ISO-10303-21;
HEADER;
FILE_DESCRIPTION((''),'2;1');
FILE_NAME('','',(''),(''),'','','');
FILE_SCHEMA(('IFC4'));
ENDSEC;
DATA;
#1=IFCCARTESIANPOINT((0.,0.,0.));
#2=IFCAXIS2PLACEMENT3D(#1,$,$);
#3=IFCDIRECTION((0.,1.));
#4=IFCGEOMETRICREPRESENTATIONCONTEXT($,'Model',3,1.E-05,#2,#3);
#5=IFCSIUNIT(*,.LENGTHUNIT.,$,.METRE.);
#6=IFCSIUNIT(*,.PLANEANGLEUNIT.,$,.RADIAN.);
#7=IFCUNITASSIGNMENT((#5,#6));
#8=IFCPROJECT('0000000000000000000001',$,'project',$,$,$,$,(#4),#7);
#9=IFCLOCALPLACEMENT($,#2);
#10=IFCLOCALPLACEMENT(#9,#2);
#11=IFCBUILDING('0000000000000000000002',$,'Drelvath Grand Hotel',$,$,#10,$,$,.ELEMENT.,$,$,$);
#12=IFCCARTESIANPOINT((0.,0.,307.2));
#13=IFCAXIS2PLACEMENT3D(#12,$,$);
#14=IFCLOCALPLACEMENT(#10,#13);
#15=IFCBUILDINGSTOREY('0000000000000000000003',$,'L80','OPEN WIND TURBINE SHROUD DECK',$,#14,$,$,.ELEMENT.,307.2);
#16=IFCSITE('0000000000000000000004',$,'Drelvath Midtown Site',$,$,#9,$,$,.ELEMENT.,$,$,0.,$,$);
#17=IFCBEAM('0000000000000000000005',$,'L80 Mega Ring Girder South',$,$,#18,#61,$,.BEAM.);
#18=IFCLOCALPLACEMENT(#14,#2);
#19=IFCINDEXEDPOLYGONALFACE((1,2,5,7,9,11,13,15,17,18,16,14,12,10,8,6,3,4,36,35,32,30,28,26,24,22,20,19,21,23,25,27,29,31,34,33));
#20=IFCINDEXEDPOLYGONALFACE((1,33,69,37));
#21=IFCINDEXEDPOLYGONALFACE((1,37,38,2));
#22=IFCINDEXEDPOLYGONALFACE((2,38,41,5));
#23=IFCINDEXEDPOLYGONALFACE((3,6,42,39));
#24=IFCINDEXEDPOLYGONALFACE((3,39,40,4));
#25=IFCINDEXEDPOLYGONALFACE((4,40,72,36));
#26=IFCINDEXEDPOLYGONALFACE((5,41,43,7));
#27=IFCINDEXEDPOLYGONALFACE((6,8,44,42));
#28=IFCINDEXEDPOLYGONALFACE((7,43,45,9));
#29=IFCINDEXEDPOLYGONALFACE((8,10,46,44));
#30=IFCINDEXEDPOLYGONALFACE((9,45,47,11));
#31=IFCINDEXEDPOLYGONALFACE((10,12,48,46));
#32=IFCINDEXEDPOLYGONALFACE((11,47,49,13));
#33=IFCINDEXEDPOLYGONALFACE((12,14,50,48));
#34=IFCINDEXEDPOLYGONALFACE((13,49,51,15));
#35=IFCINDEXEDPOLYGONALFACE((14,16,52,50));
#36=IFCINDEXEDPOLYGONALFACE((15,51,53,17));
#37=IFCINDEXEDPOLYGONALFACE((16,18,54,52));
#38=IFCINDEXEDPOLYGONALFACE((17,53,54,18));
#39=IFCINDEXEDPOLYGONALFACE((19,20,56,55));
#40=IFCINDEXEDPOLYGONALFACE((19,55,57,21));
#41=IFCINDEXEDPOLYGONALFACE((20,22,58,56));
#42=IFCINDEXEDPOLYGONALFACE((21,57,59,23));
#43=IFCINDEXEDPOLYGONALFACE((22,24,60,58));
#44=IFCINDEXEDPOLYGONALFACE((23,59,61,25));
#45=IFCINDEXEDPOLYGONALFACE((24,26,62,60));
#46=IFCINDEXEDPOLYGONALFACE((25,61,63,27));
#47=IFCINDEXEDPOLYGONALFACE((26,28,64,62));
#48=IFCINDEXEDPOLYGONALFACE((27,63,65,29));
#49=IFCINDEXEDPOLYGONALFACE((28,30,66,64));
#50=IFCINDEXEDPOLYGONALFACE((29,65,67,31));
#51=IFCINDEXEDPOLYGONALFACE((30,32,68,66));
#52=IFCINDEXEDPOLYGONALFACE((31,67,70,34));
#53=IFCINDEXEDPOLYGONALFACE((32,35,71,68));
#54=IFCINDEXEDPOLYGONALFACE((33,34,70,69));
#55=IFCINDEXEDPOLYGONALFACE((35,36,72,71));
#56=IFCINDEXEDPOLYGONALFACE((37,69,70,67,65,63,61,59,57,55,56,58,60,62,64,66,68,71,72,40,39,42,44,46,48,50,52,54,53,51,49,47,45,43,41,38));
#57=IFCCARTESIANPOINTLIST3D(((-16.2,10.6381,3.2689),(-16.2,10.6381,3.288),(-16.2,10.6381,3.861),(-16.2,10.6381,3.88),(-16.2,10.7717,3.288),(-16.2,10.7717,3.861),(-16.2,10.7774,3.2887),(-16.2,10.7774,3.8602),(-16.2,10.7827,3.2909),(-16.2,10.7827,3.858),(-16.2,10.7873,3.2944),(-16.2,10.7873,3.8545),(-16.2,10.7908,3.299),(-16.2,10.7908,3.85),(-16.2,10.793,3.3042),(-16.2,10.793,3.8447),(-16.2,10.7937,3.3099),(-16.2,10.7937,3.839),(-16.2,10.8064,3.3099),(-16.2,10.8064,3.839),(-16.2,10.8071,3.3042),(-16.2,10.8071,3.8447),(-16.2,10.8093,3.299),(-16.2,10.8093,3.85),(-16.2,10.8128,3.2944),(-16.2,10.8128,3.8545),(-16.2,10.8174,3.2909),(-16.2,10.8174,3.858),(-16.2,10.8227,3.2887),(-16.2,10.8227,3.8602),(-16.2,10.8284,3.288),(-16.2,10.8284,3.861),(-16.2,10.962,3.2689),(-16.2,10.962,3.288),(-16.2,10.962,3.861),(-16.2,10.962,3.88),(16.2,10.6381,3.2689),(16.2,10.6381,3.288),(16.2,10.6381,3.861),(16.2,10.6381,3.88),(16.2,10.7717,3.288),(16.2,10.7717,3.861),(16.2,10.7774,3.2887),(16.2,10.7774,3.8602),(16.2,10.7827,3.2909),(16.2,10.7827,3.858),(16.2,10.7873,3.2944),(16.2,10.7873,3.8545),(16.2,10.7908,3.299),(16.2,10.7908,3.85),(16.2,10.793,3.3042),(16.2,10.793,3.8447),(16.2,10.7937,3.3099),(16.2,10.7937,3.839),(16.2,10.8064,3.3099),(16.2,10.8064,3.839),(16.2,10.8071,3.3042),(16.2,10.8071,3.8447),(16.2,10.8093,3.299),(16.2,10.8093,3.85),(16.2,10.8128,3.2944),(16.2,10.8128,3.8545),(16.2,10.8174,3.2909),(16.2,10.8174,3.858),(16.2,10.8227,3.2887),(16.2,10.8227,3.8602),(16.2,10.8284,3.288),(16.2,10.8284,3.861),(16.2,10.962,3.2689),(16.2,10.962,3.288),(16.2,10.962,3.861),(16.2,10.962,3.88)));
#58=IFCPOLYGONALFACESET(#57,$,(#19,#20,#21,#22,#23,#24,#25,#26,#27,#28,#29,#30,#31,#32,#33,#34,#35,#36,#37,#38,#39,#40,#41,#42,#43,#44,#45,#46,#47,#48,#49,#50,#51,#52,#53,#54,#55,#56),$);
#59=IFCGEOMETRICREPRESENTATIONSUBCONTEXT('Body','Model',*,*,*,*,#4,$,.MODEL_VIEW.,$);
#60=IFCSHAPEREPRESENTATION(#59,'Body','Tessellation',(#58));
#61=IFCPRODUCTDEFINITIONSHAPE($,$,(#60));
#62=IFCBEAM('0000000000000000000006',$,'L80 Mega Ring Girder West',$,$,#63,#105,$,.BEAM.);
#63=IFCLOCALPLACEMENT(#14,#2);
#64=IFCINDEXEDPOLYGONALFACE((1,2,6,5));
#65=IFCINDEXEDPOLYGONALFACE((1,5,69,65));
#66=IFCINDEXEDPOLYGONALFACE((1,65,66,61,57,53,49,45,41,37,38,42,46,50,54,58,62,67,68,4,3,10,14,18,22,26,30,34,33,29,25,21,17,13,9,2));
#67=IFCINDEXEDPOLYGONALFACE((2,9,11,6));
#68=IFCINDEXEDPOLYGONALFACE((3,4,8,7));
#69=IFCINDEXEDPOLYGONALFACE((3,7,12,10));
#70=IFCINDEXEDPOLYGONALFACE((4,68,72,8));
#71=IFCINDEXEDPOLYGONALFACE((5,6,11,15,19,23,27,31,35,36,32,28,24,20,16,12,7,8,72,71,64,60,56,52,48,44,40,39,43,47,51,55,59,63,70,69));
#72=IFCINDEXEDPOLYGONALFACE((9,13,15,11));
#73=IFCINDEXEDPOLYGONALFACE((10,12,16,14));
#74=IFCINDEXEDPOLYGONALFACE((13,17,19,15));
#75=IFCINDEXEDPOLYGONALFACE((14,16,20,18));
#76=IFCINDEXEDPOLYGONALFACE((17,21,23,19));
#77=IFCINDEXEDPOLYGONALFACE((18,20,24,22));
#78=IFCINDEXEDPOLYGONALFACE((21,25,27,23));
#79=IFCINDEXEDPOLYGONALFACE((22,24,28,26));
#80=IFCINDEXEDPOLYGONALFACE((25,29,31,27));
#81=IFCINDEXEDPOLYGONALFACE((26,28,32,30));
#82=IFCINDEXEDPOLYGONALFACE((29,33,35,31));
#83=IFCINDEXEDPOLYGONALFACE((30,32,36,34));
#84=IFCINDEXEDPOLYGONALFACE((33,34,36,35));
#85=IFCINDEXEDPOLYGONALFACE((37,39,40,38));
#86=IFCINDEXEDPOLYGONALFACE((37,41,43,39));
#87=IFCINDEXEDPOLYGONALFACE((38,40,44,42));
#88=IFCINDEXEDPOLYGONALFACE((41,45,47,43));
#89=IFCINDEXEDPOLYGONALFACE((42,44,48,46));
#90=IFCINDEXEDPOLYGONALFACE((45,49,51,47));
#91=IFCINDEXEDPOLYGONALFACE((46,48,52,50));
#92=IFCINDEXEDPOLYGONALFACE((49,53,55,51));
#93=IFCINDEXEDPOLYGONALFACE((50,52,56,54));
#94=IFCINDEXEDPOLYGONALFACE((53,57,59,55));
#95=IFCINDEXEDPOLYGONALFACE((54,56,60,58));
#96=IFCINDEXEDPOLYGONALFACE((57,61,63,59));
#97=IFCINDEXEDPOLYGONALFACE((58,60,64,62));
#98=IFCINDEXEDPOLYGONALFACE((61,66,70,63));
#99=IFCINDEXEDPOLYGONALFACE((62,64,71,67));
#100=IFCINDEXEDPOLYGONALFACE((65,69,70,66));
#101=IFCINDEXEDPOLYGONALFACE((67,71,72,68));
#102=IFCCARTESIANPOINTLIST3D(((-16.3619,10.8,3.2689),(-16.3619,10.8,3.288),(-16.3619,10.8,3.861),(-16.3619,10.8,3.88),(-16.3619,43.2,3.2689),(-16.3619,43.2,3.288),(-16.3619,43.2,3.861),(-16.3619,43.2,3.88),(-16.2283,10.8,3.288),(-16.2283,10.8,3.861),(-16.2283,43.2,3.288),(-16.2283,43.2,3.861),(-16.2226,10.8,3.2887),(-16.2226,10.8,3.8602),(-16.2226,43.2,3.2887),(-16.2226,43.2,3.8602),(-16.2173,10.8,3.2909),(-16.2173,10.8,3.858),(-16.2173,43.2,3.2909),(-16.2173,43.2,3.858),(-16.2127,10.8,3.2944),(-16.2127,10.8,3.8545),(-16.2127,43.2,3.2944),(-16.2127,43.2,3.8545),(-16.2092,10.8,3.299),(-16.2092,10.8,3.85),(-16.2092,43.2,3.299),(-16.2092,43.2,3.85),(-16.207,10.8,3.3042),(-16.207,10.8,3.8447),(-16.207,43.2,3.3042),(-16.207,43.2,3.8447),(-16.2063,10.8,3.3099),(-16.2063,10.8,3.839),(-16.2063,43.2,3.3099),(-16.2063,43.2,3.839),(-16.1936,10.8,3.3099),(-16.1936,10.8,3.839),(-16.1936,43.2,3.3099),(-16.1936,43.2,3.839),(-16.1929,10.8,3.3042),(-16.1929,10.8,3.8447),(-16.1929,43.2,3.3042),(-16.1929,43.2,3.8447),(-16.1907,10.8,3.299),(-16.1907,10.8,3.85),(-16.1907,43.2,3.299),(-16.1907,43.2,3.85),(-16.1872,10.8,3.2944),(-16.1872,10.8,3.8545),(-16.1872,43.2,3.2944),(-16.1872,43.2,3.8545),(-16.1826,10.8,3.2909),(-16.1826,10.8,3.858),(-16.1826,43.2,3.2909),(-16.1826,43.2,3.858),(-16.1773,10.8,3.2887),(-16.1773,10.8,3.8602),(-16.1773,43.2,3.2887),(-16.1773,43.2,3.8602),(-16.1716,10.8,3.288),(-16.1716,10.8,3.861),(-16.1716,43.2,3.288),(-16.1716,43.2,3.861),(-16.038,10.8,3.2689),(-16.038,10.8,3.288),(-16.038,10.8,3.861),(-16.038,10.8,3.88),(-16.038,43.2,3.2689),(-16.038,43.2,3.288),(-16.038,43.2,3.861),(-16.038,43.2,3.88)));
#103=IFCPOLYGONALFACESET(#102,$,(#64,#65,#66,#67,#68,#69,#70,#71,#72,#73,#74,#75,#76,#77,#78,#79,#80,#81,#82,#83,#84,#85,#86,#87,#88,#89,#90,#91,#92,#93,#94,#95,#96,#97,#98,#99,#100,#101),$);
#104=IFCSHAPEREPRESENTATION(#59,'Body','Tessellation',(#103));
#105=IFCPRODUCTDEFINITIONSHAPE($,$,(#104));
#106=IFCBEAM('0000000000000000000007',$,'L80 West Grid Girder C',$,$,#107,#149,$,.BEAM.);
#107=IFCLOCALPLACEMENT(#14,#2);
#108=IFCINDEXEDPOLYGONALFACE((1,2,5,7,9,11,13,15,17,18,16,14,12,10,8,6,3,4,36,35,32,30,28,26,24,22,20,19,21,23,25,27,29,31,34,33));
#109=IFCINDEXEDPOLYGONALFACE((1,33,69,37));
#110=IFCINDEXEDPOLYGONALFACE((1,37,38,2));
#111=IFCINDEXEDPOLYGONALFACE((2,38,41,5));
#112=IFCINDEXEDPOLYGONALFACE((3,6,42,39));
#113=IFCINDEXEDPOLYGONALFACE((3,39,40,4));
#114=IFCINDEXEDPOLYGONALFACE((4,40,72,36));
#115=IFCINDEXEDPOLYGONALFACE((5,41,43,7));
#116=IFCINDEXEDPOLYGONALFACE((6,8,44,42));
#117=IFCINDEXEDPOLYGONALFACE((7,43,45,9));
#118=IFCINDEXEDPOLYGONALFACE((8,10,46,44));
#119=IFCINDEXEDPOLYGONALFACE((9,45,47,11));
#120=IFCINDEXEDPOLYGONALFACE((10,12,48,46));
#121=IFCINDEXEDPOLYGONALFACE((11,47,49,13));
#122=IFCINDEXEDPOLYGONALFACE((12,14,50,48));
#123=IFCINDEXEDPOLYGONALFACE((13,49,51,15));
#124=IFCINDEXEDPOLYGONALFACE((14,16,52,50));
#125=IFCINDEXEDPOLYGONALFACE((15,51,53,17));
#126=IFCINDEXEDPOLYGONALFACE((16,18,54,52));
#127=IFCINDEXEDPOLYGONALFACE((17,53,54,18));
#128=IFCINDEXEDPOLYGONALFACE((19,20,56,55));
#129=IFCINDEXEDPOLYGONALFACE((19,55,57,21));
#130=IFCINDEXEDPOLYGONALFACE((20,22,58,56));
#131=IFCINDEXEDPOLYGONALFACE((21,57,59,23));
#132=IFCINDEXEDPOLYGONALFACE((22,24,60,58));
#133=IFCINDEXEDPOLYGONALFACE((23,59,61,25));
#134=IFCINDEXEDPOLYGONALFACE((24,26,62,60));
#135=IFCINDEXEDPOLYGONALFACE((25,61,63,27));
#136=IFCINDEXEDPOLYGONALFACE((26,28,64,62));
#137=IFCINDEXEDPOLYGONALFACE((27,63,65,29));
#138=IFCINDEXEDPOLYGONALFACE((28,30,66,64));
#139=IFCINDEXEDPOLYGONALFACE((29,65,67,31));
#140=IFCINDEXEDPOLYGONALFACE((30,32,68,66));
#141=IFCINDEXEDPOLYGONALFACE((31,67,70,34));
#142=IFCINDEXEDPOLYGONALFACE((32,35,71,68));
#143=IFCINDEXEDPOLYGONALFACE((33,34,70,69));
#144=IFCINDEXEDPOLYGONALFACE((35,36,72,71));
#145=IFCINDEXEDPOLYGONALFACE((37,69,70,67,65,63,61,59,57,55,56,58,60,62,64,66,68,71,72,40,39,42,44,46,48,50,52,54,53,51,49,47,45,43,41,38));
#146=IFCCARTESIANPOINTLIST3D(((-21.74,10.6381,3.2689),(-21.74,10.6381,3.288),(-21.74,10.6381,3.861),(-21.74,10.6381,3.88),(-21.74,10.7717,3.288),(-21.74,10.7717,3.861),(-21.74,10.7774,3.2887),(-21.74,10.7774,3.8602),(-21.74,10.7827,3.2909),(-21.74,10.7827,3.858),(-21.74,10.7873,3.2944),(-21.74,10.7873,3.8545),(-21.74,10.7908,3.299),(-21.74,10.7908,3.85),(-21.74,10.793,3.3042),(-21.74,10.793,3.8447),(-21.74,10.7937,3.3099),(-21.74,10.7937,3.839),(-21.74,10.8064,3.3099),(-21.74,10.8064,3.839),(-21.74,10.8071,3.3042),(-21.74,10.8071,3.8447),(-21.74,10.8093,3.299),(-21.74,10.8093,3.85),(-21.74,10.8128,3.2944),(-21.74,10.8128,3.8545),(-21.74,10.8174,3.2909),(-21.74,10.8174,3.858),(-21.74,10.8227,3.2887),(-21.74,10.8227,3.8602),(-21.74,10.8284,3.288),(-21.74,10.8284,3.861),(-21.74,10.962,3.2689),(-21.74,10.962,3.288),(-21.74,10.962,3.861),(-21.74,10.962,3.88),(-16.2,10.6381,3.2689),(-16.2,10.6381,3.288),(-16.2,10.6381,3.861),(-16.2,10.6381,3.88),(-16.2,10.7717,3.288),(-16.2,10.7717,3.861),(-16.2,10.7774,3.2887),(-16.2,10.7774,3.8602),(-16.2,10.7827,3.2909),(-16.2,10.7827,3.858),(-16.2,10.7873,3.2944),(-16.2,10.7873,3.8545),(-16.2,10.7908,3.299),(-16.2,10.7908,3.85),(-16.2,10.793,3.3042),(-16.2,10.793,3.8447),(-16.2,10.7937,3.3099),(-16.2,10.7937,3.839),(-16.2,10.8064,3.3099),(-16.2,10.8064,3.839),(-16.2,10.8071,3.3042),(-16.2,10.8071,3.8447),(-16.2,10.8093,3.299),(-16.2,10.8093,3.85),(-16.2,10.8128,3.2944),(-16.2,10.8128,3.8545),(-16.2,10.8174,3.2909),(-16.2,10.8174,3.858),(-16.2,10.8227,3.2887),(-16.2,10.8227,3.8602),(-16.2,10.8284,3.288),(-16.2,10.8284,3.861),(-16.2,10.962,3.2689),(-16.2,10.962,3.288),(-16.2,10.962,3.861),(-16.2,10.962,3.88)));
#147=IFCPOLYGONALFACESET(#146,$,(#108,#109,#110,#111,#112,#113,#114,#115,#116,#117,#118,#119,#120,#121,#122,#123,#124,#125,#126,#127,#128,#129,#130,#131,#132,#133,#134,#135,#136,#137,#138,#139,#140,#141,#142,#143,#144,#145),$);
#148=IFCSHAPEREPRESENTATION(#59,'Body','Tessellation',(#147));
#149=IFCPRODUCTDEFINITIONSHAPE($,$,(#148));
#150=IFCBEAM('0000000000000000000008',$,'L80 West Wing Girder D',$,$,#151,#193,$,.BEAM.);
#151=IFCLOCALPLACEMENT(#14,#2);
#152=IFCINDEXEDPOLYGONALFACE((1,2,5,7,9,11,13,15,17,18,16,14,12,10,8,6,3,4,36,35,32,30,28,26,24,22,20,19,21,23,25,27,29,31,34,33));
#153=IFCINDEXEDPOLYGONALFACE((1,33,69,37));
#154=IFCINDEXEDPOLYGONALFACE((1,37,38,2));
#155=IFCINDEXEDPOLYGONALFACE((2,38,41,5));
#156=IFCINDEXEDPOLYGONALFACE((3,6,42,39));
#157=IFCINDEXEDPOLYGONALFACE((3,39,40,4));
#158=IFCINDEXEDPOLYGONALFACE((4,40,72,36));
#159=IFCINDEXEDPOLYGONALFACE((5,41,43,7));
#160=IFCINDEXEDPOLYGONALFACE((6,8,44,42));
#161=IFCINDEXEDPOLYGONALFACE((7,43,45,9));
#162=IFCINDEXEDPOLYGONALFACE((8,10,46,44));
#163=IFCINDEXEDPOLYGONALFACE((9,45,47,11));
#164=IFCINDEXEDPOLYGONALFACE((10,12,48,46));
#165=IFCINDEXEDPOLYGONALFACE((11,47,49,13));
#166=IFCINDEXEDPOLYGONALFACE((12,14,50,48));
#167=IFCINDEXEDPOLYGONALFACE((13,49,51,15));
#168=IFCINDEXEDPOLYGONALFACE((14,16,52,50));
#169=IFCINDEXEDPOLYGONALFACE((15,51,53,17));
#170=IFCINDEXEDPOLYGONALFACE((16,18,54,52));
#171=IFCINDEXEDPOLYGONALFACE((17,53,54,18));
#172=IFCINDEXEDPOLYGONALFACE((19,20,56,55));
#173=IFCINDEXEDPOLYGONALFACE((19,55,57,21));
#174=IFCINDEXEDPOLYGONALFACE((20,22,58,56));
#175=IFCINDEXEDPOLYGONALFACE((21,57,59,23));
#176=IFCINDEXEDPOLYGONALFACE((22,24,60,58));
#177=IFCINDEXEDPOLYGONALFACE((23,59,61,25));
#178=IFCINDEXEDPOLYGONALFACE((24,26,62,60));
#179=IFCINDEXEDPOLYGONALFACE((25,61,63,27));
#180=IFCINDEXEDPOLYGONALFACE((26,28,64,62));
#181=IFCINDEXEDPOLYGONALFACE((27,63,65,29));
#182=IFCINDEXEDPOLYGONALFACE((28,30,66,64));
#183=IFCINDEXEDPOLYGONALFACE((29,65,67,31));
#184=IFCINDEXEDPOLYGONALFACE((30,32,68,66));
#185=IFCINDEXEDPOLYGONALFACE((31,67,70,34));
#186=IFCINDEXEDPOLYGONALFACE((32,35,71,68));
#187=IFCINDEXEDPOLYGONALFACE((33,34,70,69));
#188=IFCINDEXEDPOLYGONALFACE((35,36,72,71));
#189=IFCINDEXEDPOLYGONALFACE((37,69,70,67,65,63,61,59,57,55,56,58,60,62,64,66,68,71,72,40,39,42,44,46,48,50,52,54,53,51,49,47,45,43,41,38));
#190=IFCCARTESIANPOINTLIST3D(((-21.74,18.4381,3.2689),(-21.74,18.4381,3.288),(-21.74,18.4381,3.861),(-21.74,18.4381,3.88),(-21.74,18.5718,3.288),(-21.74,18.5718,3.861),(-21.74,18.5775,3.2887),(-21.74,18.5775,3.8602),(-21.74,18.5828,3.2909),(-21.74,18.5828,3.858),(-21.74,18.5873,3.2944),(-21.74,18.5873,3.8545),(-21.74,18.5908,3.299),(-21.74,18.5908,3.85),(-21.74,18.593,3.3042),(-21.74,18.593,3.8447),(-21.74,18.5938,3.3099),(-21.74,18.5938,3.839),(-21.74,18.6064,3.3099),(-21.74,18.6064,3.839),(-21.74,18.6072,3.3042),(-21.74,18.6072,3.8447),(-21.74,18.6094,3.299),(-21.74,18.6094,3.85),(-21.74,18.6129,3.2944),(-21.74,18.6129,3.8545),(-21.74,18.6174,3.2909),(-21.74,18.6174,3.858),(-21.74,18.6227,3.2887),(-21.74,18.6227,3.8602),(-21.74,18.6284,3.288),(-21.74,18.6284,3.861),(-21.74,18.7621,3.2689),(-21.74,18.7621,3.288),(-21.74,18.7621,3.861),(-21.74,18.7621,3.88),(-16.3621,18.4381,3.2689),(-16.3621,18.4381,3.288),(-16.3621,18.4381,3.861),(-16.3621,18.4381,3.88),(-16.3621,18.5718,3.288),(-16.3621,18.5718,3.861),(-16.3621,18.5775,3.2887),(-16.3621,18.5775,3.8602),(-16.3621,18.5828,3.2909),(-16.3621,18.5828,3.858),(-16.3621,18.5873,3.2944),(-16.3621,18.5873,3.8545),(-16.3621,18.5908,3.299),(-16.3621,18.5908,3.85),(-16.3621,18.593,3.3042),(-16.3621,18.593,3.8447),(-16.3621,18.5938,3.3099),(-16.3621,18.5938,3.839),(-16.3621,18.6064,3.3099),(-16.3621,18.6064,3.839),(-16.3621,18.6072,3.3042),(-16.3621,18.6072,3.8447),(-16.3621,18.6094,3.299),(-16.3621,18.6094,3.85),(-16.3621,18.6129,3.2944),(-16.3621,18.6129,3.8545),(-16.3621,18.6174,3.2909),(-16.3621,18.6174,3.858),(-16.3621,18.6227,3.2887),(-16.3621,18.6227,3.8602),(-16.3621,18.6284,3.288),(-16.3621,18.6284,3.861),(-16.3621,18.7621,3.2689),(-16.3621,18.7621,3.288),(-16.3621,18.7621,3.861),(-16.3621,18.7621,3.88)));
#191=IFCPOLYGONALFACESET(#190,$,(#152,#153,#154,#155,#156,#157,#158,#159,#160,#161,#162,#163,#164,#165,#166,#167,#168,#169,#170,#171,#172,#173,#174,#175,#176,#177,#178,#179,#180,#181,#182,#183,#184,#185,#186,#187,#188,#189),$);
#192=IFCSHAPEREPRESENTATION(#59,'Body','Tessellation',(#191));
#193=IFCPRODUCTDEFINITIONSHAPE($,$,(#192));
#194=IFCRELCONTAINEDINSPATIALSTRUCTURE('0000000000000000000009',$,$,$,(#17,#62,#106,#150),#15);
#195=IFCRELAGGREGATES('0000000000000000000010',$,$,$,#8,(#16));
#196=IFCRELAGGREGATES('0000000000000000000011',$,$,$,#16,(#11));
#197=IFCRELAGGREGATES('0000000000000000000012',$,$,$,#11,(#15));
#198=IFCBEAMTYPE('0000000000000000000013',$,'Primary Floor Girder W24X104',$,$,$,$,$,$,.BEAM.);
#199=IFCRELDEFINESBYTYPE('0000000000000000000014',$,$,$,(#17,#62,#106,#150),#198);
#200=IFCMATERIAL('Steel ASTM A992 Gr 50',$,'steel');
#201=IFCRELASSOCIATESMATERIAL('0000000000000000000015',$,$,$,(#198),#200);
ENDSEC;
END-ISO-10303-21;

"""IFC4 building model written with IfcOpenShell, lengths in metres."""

from ifc_helpers import new_model, si_unit, direction, frame, origin, origin_2d, place, context, subcontext, project, spatial, i_section, extrude, material, material_profile, profile_set, type_object, element, save


model = new_model("IFC4")

# Units and contexts
model_context = context("Model", 3, precision=1e-05, world=origin(), true_north=direction((0.0, 1.0)))
body_context = subcontext(model_context, "Body", "Model", "MODEL_VIEW")
ifc_project = project(units=[si_unit("LENGTHUNIT", "METRE"), si_unit("PLANEANGLEUNIT", "RADIAN")], contexts=[model_context])

# Site, building, storey
site_placement = place(None, origin())
site = spatial("IfcSite", under=ifc_project, at=site_placement, Name="Drelvath Midtown Site", CompositionType="ELEMENT", RefElevation=0.0)
building_placement = place(site_placement, origin())
building = spatial("IfcBuilding", under=site, at=building_placement, Name="Drelvath Grand Hotel", CompositionType="ELEMENT")
storey_placement = place(building_placement, frame((0.0, 0.0, 307.2)))
storey = spatial("IfcBuildingStorey", under=building, at=storey_placement, Name="L80", Description="OPEN WIND TURBINE SHROUD DECK", CompositionType="ELEMENT", Elevation=307.2)

# Beams
ifc_material_1 = material(Name="Steel ASTM A992 Gr 50", Category="steel")
ifc_material_profile_1 = material_profile(ifc_material_1, i_section(OverallWidth=0.324, OverallDepth=0.6111, WebThickness=0.0127, FlangeThickness=0.019, FilletRadius=0.022, at=origin_2d()), Name="W24X104")
ifc_profile_set_1 = profile_set([ifc_material_profile_1], Name="Steel ASTM A992 Gr 50")
beam_type_1 = type_object("IfcBeamType", Name="Primary Floor Girder W24X104", PredefinedType="BEAM", material=ifc_profile_set_1)
for number, where, z_axis, x_axis, name in (
    (1, (-16.2, 10.8, 3.5745), (1.0, 0.0, 0.0), (0.0, 1.0, 0.0), "L80 Mega Ring Girder South"),
    (2, (-16.2, 10.8, 3.5745), (0.0, 1.0, 0.0), (-1.0, 0.0, 0.0), "L80 Mega Ring Girder West"),
):
    element("IfcBeam", number, at=place(storey_placement, frame(where, z_axis=z_axis, x_axis=x_axis)), inside=storey, type_object=beam_type_1, Name=name, PredefinedType="BEAM", context=body_context, shape_type="SweptSolid", body=[
        extrude(i_section(OverallWidth=0.324, OverallDepth=0.6111, WebThickness=0.0127, FlangeThickness=0.019, FilletRadius=0.022, at=origin_2d()), origin(), (0.0, 0.0, 1.0), 32.3999),
    ])
beam_1_placement = place(storey_placement, frame((-21.74, 10.8, 3.5745), z_axis=(1.0, 0.0, 0.0), x_axis=(0.0, 1.0, 0.0)))
element("IfcBeam", 3, at=beam_1_placement, inside=storey, type_object=beam_type_1, Name="L80 West Grid Girder C", PredefinedType="BEAM", context=body_context, shape_type="SweptSolid", body=[
    extrude(i_section(OverallWidth=0.324, OverallDepth=0.6111, WebThickness=0.0127, FlangeThickness=0.019, FilletRadius=0.022, at=origin_2d()), origin(), (0.0, 0.0, 1.0), 5.54),
])
beam_2_placement = place(storey_placement, frame((-21.74, 18.6001, 3.5745), z_axis=(1.0, 0.0, 0.0), x_axis=(0.0, 1.0, 0.0)))
element("IfcBeam", 4, at=beam_2_placement, inside=storey, type_object=beam_type_1, Name="L80 West Wing Girder D", PredefinedType="BEAM", context=body_context, shape_type="SweptSolid", body=[
    extrude(i_section(OverallWidth=0.324, OverallDepth=0.6111, WebThickness=0.0127, FlangeThickness=0.019, FilletRadius=0.022, at=origin_2d()), origin(), (0.0, 0.0, 1.0), 5.3779),
])

save(model, "model.ifc")
